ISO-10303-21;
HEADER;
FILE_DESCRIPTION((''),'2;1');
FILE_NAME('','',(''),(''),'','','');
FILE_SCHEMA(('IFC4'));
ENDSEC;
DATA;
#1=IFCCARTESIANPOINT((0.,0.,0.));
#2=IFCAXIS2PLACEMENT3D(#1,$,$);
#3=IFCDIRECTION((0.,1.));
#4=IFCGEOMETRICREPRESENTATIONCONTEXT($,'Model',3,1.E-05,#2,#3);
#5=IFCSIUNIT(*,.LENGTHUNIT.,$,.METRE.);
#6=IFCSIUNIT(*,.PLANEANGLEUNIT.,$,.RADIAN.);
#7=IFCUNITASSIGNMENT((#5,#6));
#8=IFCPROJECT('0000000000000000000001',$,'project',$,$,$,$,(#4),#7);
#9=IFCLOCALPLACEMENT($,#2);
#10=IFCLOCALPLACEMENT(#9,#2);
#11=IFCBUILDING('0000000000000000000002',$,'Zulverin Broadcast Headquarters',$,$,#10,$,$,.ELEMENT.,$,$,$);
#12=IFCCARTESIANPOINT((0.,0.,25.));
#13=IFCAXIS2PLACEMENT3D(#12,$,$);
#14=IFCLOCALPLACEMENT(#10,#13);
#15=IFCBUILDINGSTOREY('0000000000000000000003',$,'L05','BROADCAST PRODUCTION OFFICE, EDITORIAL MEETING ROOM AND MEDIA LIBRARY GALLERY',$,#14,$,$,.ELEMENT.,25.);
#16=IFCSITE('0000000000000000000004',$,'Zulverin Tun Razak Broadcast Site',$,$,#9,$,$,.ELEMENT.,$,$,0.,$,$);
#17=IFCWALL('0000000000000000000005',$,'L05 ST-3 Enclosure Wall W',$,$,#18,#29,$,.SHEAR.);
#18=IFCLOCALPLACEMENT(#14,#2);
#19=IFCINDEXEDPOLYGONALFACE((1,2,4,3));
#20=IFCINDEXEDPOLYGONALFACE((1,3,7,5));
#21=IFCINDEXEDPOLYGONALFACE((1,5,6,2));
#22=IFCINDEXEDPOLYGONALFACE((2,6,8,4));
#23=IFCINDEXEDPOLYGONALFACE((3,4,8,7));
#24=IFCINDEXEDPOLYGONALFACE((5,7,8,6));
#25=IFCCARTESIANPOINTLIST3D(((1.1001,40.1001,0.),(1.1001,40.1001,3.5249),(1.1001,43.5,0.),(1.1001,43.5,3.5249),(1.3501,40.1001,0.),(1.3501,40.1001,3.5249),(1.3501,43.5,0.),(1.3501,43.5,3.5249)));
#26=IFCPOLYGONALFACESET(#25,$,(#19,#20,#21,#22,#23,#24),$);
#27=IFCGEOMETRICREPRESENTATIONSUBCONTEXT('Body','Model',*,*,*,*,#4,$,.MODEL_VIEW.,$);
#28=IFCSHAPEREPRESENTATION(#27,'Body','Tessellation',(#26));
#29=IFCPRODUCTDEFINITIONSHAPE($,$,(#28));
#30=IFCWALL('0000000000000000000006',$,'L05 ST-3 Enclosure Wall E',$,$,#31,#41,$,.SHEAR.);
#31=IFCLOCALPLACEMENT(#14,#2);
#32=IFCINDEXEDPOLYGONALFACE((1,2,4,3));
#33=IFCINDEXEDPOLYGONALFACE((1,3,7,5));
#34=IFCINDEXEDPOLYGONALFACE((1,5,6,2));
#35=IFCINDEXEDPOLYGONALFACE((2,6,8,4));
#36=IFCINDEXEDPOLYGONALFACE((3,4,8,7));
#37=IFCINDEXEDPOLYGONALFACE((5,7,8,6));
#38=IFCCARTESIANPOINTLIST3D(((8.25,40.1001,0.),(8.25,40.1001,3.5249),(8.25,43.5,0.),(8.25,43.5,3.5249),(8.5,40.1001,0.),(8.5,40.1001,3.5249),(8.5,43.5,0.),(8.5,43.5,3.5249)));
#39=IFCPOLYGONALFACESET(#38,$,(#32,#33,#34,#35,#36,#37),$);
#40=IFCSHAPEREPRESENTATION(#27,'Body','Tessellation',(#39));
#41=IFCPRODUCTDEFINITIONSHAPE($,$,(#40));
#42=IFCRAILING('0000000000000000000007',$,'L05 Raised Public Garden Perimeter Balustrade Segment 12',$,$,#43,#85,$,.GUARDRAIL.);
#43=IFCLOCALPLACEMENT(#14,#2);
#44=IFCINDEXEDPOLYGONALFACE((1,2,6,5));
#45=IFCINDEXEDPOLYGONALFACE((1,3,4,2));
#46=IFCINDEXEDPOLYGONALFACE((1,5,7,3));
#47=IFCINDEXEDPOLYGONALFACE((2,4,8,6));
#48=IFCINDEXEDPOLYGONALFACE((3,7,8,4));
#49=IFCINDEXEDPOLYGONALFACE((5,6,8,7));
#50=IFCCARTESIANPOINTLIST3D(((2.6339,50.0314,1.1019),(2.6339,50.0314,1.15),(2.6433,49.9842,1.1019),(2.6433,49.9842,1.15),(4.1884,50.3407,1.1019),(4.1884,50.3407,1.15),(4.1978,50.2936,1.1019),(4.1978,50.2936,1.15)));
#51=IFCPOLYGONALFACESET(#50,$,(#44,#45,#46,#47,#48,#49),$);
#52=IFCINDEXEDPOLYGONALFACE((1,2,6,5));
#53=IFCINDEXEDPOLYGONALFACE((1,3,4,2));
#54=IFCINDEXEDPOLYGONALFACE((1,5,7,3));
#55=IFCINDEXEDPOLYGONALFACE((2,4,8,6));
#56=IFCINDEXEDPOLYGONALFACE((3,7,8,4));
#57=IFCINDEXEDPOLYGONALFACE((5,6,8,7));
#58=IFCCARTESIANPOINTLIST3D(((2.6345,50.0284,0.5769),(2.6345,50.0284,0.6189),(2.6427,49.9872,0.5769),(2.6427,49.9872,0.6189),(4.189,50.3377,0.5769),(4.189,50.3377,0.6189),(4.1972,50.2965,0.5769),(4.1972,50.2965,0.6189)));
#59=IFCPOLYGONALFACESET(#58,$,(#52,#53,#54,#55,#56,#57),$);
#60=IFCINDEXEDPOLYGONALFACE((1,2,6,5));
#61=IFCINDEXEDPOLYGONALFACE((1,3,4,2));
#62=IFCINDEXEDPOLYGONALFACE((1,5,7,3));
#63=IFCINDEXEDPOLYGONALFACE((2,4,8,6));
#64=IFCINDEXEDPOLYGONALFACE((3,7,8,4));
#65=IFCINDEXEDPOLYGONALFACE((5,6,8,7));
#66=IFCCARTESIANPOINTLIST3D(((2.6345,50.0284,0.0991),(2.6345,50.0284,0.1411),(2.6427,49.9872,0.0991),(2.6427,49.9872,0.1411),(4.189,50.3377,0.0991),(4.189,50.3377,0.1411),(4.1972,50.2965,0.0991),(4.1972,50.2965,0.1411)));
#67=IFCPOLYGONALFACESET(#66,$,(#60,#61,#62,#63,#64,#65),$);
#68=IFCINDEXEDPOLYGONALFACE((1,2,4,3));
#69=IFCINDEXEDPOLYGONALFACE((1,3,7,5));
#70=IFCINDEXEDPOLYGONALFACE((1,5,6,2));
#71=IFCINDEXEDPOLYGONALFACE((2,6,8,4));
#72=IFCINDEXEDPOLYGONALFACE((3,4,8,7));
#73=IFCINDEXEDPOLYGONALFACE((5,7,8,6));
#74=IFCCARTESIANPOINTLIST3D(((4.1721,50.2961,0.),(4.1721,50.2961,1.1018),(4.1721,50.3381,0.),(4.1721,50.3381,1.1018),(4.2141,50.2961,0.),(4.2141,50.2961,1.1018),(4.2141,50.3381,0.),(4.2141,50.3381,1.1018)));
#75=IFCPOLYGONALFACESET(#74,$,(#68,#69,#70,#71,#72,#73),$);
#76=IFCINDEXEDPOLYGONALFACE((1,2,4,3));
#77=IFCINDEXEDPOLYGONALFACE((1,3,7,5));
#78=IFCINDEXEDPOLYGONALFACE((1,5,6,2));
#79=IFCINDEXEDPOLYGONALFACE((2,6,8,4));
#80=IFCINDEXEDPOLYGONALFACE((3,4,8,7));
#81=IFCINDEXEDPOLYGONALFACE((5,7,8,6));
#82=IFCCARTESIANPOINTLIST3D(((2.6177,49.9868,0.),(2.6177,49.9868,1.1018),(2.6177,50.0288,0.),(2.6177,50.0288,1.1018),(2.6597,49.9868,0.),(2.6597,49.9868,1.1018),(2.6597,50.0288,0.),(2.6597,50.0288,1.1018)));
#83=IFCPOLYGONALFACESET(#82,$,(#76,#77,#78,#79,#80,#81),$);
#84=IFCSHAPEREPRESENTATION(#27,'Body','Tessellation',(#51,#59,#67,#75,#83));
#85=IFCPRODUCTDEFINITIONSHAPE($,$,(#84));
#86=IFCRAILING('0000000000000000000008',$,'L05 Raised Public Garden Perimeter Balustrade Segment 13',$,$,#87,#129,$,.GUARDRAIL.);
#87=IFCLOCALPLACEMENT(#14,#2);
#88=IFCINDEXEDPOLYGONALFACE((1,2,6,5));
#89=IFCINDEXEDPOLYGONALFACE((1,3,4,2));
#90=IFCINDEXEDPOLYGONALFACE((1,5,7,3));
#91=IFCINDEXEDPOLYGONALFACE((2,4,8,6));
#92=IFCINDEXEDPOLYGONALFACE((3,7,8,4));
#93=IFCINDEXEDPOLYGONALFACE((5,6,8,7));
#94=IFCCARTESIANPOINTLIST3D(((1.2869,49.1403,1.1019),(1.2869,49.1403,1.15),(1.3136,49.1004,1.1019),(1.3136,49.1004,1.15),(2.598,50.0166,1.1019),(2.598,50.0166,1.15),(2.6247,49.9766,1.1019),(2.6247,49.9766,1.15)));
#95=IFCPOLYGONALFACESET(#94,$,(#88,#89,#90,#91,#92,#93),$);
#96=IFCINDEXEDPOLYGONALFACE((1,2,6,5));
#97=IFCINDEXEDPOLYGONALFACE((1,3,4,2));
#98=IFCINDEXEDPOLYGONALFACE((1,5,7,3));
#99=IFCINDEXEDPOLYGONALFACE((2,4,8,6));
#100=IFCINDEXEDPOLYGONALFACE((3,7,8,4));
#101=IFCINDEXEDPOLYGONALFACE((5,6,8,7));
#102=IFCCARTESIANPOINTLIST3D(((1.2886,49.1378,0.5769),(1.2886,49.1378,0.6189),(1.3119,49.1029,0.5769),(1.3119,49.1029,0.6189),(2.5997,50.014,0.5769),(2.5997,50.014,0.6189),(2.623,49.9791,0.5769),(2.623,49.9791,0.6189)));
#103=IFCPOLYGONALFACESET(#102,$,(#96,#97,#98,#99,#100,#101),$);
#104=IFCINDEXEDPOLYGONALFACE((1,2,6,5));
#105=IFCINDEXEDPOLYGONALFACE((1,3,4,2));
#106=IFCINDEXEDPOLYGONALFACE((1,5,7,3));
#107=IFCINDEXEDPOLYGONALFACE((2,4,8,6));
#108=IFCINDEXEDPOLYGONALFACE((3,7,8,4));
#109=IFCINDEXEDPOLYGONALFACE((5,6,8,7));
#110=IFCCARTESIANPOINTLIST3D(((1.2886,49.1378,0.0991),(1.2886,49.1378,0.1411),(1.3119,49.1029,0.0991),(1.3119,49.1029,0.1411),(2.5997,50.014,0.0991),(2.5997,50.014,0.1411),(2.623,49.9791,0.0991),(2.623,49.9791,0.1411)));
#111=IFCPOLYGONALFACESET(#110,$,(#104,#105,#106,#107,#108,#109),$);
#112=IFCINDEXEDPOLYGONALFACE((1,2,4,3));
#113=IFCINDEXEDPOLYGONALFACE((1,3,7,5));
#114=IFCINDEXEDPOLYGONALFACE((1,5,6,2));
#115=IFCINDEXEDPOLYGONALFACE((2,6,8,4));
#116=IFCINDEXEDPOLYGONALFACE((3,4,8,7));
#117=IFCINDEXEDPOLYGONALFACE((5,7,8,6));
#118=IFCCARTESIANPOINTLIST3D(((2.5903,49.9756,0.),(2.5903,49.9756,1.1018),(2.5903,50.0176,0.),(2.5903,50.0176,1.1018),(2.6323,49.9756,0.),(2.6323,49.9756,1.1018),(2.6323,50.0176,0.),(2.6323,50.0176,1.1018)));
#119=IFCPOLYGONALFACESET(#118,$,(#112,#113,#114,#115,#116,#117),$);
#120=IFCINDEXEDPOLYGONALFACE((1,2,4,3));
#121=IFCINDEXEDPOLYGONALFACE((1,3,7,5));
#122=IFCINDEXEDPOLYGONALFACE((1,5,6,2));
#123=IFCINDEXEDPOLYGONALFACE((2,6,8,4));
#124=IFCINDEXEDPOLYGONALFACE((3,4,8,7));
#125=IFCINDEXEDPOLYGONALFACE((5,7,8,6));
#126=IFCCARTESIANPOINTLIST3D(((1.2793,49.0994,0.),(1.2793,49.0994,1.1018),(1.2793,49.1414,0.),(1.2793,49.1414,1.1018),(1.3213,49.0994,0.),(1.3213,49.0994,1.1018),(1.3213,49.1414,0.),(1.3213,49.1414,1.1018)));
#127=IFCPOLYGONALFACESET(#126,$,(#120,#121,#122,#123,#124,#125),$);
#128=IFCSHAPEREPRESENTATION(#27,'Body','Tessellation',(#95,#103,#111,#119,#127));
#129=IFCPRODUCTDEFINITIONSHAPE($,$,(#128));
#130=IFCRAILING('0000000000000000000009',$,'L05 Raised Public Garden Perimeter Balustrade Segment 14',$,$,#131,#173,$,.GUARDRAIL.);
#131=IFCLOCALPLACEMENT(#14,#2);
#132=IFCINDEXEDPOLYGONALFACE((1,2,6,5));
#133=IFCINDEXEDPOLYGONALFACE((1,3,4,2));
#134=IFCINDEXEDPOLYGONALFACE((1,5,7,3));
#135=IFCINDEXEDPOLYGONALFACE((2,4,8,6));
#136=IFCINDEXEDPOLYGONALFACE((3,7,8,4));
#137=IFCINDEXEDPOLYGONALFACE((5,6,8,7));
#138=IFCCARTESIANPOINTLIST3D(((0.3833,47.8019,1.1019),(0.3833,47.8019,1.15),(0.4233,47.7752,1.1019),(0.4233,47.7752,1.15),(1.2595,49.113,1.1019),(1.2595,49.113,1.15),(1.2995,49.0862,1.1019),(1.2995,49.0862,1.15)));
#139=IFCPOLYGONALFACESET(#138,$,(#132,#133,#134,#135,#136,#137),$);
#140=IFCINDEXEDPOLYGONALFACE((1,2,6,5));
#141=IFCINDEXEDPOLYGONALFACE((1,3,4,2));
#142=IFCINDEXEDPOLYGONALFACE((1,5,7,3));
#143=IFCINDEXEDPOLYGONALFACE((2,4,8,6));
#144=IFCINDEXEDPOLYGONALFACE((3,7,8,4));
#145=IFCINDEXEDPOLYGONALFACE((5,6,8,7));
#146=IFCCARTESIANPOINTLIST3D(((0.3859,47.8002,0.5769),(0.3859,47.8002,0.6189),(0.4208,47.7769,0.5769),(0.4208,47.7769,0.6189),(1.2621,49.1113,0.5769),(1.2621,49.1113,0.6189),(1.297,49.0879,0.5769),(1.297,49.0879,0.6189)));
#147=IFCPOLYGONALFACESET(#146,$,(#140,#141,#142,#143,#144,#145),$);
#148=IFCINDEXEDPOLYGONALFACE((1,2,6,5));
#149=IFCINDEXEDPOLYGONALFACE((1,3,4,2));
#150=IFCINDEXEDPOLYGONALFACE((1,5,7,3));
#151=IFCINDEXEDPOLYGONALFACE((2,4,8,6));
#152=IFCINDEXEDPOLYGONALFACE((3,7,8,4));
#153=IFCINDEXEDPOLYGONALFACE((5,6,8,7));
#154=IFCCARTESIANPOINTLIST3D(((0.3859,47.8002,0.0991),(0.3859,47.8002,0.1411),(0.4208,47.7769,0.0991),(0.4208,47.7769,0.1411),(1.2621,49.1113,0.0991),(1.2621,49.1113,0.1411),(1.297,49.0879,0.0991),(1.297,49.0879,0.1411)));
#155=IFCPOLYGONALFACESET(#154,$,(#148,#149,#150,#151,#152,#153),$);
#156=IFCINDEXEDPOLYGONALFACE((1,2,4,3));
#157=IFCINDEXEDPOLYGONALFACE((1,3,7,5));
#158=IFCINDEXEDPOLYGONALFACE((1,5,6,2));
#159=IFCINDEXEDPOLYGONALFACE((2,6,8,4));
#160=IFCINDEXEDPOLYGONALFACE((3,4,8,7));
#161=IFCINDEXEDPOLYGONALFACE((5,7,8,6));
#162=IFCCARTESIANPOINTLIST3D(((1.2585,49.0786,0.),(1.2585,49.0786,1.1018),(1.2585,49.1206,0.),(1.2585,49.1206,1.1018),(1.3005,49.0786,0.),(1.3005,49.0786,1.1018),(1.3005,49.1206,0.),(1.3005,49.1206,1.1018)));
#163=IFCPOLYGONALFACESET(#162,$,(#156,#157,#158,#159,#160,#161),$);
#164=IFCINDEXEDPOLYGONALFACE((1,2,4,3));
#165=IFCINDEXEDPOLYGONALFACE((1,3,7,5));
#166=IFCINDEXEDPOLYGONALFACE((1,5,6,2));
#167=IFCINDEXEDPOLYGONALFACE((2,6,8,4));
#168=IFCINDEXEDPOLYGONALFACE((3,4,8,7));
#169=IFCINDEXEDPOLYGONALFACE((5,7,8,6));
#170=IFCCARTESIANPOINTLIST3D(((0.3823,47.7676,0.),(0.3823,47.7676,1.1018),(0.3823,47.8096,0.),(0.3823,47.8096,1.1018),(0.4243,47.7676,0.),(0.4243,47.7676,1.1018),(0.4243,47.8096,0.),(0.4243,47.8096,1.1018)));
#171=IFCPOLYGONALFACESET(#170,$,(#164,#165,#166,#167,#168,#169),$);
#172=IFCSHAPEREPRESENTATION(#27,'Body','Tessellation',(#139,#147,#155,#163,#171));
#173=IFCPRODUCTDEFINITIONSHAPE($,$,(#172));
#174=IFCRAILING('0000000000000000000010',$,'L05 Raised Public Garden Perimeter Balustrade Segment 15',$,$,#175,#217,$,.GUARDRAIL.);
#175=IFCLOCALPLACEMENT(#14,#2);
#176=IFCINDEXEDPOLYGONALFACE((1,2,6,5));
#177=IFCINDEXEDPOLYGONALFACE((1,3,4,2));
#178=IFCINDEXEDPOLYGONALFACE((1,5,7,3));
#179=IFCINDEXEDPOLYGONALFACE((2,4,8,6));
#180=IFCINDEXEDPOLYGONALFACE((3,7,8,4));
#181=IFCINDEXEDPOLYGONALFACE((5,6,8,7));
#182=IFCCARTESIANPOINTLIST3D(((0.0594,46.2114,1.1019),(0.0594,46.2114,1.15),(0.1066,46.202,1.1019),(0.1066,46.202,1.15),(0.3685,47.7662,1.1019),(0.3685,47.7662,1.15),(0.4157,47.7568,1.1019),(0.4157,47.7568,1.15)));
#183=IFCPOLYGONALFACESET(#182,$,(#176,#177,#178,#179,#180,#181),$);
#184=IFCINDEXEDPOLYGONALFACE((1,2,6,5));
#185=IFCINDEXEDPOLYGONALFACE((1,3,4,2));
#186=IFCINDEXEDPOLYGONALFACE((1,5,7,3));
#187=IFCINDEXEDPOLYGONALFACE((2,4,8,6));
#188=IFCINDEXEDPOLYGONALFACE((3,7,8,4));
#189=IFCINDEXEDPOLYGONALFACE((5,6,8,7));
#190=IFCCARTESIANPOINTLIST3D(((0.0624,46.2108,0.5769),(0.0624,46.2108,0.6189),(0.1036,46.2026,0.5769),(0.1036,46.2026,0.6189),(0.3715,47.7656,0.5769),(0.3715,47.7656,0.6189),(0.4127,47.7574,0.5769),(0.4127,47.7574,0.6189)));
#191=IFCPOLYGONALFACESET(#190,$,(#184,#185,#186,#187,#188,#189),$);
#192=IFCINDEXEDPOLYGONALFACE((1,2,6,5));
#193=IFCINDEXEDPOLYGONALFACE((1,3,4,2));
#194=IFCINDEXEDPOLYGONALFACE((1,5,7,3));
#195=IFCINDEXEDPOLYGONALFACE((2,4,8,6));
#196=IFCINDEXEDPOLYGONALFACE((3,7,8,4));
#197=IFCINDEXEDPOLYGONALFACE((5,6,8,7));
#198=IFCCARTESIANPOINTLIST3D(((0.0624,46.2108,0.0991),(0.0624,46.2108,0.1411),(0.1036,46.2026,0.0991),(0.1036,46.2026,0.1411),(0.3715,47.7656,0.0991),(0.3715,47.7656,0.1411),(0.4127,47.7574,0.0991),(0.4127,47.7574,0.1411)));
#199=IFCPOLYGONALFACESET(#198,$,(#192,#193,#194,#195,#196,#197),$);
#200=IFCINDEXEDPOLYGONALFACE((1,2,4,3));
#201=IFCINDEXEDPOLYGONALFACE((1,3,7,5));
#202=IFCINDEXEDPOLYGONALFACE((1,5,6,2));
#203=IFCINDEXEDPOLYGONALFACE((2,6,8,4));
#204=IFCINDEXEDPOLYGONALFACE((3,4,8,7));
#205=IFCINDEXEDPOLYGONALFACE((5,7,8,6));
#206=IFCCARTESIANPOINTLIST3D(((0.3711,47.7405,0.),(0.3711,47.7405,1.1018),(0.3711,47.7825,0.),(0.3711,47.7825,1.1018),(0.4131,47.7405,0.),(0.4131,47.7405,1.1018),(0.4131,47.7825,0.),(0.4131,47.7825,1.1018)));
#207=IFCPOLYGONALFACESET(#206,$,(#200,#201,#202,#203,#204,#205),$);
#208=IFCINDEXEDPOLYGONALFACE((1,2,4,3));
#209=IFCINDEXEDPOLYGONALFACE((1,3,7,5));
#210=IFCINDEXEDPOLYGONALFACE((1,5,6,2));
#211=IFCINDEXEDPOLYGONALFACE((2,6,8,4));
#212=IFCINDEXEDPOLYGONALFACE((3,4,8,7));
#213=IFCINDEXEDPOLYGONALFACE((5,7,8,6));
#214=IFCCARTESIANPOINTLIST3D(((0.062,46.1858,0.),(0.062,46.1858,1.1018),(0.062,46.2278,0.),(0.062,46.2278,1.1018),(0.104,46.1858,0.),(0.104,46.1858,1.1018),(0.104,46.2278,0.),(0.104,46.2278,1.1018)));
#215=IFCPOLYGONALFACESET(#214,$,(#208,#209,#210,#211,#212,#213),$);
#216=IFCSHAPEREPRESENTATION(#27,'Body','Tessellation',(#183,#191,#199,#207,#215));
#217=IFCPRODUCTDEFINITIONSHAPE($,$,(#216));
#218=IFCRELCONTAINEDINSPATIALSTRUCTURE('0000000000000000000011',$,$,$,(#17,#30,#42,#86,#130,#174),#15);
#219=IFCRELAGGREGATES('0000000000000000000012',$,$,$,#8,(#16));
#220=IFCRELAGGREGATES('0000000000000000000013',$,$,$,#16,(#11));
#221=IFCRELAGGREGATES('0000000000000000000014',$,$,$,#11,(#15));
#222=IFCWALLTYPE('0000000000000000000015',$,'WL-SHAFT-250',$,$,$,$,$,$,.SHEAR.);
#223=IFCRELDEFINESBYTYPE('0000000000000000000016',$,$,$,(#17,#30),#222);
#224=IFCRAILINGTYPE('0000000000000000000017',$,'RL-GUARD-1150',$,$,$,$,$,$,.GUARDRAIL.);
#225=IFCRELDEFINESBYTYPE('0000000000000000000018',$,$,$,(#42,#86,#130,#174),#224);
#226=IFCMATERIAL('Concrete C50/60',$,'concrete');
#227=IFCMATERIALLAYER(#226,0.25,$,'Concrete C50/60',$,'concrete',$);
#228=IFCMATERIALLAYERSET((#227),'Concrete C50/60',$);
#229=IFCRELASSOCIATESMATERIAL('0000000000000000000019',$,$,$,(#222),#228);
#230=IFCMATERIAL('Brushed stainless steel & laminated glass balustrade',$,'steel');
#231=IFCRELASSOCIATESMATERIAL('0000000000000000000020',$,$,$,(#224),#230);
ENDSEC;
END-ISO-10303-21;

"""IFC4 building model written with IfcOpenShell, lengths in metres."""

from ifc_helpers import new_model, si_unit, direction, frame, frame_2d, origin, origin_2d, place, context, subcontext, project, spatial, rectangle, extrude, material, layer, layer_set, type_object, element, save


model = new_model("IFC4")

# Units and contexts
model_context = context("Model", 3, precision=1e-05, world=origin(), true_north=direction((0.0, 1.0)))
body_context = subcontext(model_context, "Body", "Model", "MODEL_VIEW")
ifc_project = project(units=[si_unit("LENGTHUNIT", "METRE"), si_unit("PLANEANGLEUNIT", "RADIAN")], contexts=[model_context])

# Site, building, storey
site_placement = place(None, origin())
site = spatial("IfcSite", under=ifc_project, at=site_placement, Name="Zulverin Tun Razak Broadcast Site", CompositionType="ELEMENT", RefElevation=0.0)
building_placement = place(site_placement, origin())
building = spatial("IfcBuilding", under=site, at=building_placement, Name="Zulverin Broadcast Headquarters", CompositionType="ELEMENT")
storey_placement = place(building_placement, frame((0.0, 0.0, 25.0)))
storey = spatial("IfcBuildingStorey", under=building, at=storey_placement, Name="L05", Description="BROADCAST PRODUCTION OFFICE, EDITORIAL MEETING ROOM AND MEDIA LIBRARY GALLERY", CompositionType="ELEMENT", Elevation=25.0)

# Shared definitions
ifc_material_1 = material(Name="Concrete C50/60", Category="concrete")
ifc_layer_1 = layer(ifc_material_1, 0.25, Name="Concrete C50/60", Category="concrete")
ifc_layer_set_1 = layer_set([ifc_layer_1], Name="Concrete C50/60")
wall_type_1 = type_object("IfcWallType", Name="WL-SHAFT-250", PredefinedType="SHEAR", material=ifc_layer_set_1)

# Walls
for number, where, z_axis, x_axis, name in (
    (1, (1.2251, 40.1001, 0.0), (0.0, 0.0, 1.0), (0.0, 1.0, 0.0), "L05 ST-3 Enclosure Wall W"),
    (2, (8.375, 40.1001, 0.0), (0.0, 0.0, 1.0), (0.0, 1.0, 0.0), "L05 ST-3 Enclosure Wall E"),
):
    element("IfcWall", number, at=place(storey_placement, frame(where, z_axis=z_axis, x_axis=x_axis)), inside=storey, type_object=wall_type_1, Name=name, PredefinedType="SHEAR", context=body_context, shape_type="SweptSolid", body=[
        extrude(rectangle(XDim=3.3999, YDim=0.25, at=frame_2d((1.7, 0.0))), origin(), (0.0, 0.0, 1.0), 3.5249),
    ])

# Railings
ifc_material_2 = material(Name="Brushed stainless steel & laminated glass balustrade", Category="steel")
railing_type_1 = type_object("IfcRailingType", Name="RL-GUARD-1150", PredefinedType="GUARDRAIL", material=ifc_material_2)
railing_1_placement = place(storey_placement, frame((4.1931, 50.3171, 0.0)))
element("IfcRailing", 3, at=railing_1_placement, inside=storey, type_object=railing_type_1, Name="L05 Raised Public Garden Perimeter Balustrade Segment 12", PredefinedType="GUARDRAIL", context=body_context, shape_type="SweptSolid", body=[
    extrude(rectangle(XDim=0.0481, YDim=0.0481, at=origin_2d()), frame((0.0, 0.0, 1.126), z_axis=(-0.98077, -0.195168, 0.0), x_axis=(0.195168, -0.98077, 0.0)), (0.0, 0.0, 1.0), 1.585),
    extrude(rectangle(XDim=0.042, YDim=0.042, at=origin_2d()), frame((0.0, 0.0, 0.5979), z_axis=(-0.98077, -0.195168, 0.0), x_axis=(0.195168, -0.98077, 0.0)), (0.0, 0.0, 1.0), 1.585),
    extrude(rectangle(XDim=0.042, YDim=0.042, at=origin_2d()), frame((0.0, 0.0, 0.1201), z_axis=(-0.98077, -0.195168, 0.0), x_axis=(0.195168, -0.98077, 0.0)), (0.0, 0.0, 1.0), 1.585),
    extrude(rectangle(XDim=0.042, YDim=0.042, at=origin_2d()), origin(), (0.0, 0.0, 1.0), 1.1018),
    extrude(rectangle(XDim=0.042, YDim=0.042, at=origin_2d()), frame((-1.5544, -0.3093, 0.0)), (0.0, 0.0, 1.0), 1.1018),
])
railing_2_placement = place(storey_placement, frame((2.6113, 49.9966, 0.0)))
element("IfcRailing", 4, at=railing_2_placement, inside=storey, type_object=railing_type_1, Name="L05 Raised Public Garden Perimeter Balustrade Segment 13", PredefinedType="GUARDRAIL", context=body_context, shape_type="SweptSolid", body=[
    extrude(rectangle(XDim=0.0481, YDim=0.0481, at=origin_2d()), frame((0.0, 0.0, 1.126), z_axis=(-0.831407, -0.555664, 0.0), x_axis=(0.555664, -0.831407, 0.0)), (0.0, 0.0, 1.0), 1.5769),
    extrude(rectangle(XDim=0.042, YDim=0.042, at=origin_2d()), frame((0.0, 0.0, 0.5979), z_axis=(-0.831407, -0.555664, 0.0), x_axis=(0.555664, -0.831407, 0.0)), (0.0, 0.0, 1.0), 1.5769),
    extrude(rectangle(XDim=0.042, YDim=0.042, at=origin_2d()), frame((0.0, 0.0, 0.1201), z_axis=(-0.831407, -0.555664, 0.0), x_axis=(0.555664, -0.831407, 0.0)), (0.0, 0.0, 1.0), 1.5769),
    extrude(rectangle(XDim=0.042, YDim=0.042, at=origin_2d()), origin(), (0.0, 0.0, 1.0), 1.1018),
    extrude(rectangle(XDim=0.042, YDim=0.042, at=origin_2d()), frame((-1.311, -0.8762, 0.0)), (0.0, 0.0, 1.0), 1.1018),
])
railing_3_placement = place(storey_placement, frame((1.2795, 49.0996, 0.0)))
element("IfcRailing", 5, at=railing_3_placement, inside=storey, type_object=railing_type_1, Name="L05 Raised Public Garden Perimeter Balustrade Segment 14", PredefinedType="GUARDRAIL", context=body_context, shape_type="SweptSolid", body=[
    extrude(rectangle(XDim=0.0481, YDim=0.0481, at=origin_2d()), frame((0.0, 0.0, 1.126), z_axis=(-0.555664, -0.831407, 0.0), x_axis=(0.831407, -0.555664, 0.0)), (0.0, 0.0, 1.0), 1.5769),
    extrude(rectangle(XDim=0.042, YDim=0.042, at=origin_2d()), frame((0.0, 0.0, 0.5979), z_axis=(-0.555664, -0.831407, 0.0), x_axis=(0.831407, -0.555664, 0.0)), (0.0, 0.0, 1.0), 1.5769),
    extrude(rectangle(XDim=0.042, YDim=0.042, at=origin_2d()), frame((0.0, 0.0, 0.1201), z_axis=(-0.555664, -0.831407, 0.0), x_axis=(0.831407, -0.555664, 0.0)), (0.0, 0.0, 1.0), 1.5769),
    extrude(rectangle(XDim=0.042, YDim=0.042, at=origin_2d()), origin(), (0.0, 0.0, 1.0), 1.1018),
    extrude(rectangle(XDim=0.042, YDim=0.042, at=origin_2d()), frame((-0.8762, -1.311, 0.0)), (0.0, 0.0, 1.0), 1.1018),
])
railing_4_placement = place(storey_placement, frame((0.3921, 47.7615, 0.0)))
element("IfcRailing", 6, at=railing_4_placement, inside=storey, type_object=railing_type_1, Name="L05 Raised Public Garden Perimeter Balustrade Segment 15", PredefinedType="GUARDRAIL", context=body_context, shape_type="SweptSolid", body=[
    extrude(rectangle(XDim=0.0481, YDim=0.0481, at=origin_2d()), frame((0.0, 0.0, 1.126), z_axis=(-0.19499, -0.980805, 0.0), x_axis=(0.980805, -0.19499, 0.0)), (0.0, 0.0, 1.0), 1.5852),
    extrude(rectangle(XDim=0.042, YDim=0.042, at=origin_2d()), frame((0.0, 0.0, 0.5979), z_axis=(-0.19499, -0.980805, 0.0), x_axis=(0.980805, -0.19499, 0.0)), (0.0, 0.0, 1.0), 1.5852),
    extrude(rectangle(XDim=0.042, YDim=0.042, at=origin_2d()), frame((0.0, 0.0, 0.1201), z_axis=(-0.19499, -0.980805, 0.0), x_axis=(0.980805, -0.19499, 0.0)), (0.0, 0.0, 1.0), 1.5852),
    extrude(rectangle(XDim=0.042, YDim=0.042, at=origin_2d()), origin(), (0.0, 0.0, 1.0), 1.1018),
    extrude(rectangle(XDim=0.042, YDim=0.042, at=origin_2d()), frame((-0.3091, -1.5547, 0.0)), (0.0, 0.0, 1.0), 1.1018),
])

save(model, "model.ifc")
